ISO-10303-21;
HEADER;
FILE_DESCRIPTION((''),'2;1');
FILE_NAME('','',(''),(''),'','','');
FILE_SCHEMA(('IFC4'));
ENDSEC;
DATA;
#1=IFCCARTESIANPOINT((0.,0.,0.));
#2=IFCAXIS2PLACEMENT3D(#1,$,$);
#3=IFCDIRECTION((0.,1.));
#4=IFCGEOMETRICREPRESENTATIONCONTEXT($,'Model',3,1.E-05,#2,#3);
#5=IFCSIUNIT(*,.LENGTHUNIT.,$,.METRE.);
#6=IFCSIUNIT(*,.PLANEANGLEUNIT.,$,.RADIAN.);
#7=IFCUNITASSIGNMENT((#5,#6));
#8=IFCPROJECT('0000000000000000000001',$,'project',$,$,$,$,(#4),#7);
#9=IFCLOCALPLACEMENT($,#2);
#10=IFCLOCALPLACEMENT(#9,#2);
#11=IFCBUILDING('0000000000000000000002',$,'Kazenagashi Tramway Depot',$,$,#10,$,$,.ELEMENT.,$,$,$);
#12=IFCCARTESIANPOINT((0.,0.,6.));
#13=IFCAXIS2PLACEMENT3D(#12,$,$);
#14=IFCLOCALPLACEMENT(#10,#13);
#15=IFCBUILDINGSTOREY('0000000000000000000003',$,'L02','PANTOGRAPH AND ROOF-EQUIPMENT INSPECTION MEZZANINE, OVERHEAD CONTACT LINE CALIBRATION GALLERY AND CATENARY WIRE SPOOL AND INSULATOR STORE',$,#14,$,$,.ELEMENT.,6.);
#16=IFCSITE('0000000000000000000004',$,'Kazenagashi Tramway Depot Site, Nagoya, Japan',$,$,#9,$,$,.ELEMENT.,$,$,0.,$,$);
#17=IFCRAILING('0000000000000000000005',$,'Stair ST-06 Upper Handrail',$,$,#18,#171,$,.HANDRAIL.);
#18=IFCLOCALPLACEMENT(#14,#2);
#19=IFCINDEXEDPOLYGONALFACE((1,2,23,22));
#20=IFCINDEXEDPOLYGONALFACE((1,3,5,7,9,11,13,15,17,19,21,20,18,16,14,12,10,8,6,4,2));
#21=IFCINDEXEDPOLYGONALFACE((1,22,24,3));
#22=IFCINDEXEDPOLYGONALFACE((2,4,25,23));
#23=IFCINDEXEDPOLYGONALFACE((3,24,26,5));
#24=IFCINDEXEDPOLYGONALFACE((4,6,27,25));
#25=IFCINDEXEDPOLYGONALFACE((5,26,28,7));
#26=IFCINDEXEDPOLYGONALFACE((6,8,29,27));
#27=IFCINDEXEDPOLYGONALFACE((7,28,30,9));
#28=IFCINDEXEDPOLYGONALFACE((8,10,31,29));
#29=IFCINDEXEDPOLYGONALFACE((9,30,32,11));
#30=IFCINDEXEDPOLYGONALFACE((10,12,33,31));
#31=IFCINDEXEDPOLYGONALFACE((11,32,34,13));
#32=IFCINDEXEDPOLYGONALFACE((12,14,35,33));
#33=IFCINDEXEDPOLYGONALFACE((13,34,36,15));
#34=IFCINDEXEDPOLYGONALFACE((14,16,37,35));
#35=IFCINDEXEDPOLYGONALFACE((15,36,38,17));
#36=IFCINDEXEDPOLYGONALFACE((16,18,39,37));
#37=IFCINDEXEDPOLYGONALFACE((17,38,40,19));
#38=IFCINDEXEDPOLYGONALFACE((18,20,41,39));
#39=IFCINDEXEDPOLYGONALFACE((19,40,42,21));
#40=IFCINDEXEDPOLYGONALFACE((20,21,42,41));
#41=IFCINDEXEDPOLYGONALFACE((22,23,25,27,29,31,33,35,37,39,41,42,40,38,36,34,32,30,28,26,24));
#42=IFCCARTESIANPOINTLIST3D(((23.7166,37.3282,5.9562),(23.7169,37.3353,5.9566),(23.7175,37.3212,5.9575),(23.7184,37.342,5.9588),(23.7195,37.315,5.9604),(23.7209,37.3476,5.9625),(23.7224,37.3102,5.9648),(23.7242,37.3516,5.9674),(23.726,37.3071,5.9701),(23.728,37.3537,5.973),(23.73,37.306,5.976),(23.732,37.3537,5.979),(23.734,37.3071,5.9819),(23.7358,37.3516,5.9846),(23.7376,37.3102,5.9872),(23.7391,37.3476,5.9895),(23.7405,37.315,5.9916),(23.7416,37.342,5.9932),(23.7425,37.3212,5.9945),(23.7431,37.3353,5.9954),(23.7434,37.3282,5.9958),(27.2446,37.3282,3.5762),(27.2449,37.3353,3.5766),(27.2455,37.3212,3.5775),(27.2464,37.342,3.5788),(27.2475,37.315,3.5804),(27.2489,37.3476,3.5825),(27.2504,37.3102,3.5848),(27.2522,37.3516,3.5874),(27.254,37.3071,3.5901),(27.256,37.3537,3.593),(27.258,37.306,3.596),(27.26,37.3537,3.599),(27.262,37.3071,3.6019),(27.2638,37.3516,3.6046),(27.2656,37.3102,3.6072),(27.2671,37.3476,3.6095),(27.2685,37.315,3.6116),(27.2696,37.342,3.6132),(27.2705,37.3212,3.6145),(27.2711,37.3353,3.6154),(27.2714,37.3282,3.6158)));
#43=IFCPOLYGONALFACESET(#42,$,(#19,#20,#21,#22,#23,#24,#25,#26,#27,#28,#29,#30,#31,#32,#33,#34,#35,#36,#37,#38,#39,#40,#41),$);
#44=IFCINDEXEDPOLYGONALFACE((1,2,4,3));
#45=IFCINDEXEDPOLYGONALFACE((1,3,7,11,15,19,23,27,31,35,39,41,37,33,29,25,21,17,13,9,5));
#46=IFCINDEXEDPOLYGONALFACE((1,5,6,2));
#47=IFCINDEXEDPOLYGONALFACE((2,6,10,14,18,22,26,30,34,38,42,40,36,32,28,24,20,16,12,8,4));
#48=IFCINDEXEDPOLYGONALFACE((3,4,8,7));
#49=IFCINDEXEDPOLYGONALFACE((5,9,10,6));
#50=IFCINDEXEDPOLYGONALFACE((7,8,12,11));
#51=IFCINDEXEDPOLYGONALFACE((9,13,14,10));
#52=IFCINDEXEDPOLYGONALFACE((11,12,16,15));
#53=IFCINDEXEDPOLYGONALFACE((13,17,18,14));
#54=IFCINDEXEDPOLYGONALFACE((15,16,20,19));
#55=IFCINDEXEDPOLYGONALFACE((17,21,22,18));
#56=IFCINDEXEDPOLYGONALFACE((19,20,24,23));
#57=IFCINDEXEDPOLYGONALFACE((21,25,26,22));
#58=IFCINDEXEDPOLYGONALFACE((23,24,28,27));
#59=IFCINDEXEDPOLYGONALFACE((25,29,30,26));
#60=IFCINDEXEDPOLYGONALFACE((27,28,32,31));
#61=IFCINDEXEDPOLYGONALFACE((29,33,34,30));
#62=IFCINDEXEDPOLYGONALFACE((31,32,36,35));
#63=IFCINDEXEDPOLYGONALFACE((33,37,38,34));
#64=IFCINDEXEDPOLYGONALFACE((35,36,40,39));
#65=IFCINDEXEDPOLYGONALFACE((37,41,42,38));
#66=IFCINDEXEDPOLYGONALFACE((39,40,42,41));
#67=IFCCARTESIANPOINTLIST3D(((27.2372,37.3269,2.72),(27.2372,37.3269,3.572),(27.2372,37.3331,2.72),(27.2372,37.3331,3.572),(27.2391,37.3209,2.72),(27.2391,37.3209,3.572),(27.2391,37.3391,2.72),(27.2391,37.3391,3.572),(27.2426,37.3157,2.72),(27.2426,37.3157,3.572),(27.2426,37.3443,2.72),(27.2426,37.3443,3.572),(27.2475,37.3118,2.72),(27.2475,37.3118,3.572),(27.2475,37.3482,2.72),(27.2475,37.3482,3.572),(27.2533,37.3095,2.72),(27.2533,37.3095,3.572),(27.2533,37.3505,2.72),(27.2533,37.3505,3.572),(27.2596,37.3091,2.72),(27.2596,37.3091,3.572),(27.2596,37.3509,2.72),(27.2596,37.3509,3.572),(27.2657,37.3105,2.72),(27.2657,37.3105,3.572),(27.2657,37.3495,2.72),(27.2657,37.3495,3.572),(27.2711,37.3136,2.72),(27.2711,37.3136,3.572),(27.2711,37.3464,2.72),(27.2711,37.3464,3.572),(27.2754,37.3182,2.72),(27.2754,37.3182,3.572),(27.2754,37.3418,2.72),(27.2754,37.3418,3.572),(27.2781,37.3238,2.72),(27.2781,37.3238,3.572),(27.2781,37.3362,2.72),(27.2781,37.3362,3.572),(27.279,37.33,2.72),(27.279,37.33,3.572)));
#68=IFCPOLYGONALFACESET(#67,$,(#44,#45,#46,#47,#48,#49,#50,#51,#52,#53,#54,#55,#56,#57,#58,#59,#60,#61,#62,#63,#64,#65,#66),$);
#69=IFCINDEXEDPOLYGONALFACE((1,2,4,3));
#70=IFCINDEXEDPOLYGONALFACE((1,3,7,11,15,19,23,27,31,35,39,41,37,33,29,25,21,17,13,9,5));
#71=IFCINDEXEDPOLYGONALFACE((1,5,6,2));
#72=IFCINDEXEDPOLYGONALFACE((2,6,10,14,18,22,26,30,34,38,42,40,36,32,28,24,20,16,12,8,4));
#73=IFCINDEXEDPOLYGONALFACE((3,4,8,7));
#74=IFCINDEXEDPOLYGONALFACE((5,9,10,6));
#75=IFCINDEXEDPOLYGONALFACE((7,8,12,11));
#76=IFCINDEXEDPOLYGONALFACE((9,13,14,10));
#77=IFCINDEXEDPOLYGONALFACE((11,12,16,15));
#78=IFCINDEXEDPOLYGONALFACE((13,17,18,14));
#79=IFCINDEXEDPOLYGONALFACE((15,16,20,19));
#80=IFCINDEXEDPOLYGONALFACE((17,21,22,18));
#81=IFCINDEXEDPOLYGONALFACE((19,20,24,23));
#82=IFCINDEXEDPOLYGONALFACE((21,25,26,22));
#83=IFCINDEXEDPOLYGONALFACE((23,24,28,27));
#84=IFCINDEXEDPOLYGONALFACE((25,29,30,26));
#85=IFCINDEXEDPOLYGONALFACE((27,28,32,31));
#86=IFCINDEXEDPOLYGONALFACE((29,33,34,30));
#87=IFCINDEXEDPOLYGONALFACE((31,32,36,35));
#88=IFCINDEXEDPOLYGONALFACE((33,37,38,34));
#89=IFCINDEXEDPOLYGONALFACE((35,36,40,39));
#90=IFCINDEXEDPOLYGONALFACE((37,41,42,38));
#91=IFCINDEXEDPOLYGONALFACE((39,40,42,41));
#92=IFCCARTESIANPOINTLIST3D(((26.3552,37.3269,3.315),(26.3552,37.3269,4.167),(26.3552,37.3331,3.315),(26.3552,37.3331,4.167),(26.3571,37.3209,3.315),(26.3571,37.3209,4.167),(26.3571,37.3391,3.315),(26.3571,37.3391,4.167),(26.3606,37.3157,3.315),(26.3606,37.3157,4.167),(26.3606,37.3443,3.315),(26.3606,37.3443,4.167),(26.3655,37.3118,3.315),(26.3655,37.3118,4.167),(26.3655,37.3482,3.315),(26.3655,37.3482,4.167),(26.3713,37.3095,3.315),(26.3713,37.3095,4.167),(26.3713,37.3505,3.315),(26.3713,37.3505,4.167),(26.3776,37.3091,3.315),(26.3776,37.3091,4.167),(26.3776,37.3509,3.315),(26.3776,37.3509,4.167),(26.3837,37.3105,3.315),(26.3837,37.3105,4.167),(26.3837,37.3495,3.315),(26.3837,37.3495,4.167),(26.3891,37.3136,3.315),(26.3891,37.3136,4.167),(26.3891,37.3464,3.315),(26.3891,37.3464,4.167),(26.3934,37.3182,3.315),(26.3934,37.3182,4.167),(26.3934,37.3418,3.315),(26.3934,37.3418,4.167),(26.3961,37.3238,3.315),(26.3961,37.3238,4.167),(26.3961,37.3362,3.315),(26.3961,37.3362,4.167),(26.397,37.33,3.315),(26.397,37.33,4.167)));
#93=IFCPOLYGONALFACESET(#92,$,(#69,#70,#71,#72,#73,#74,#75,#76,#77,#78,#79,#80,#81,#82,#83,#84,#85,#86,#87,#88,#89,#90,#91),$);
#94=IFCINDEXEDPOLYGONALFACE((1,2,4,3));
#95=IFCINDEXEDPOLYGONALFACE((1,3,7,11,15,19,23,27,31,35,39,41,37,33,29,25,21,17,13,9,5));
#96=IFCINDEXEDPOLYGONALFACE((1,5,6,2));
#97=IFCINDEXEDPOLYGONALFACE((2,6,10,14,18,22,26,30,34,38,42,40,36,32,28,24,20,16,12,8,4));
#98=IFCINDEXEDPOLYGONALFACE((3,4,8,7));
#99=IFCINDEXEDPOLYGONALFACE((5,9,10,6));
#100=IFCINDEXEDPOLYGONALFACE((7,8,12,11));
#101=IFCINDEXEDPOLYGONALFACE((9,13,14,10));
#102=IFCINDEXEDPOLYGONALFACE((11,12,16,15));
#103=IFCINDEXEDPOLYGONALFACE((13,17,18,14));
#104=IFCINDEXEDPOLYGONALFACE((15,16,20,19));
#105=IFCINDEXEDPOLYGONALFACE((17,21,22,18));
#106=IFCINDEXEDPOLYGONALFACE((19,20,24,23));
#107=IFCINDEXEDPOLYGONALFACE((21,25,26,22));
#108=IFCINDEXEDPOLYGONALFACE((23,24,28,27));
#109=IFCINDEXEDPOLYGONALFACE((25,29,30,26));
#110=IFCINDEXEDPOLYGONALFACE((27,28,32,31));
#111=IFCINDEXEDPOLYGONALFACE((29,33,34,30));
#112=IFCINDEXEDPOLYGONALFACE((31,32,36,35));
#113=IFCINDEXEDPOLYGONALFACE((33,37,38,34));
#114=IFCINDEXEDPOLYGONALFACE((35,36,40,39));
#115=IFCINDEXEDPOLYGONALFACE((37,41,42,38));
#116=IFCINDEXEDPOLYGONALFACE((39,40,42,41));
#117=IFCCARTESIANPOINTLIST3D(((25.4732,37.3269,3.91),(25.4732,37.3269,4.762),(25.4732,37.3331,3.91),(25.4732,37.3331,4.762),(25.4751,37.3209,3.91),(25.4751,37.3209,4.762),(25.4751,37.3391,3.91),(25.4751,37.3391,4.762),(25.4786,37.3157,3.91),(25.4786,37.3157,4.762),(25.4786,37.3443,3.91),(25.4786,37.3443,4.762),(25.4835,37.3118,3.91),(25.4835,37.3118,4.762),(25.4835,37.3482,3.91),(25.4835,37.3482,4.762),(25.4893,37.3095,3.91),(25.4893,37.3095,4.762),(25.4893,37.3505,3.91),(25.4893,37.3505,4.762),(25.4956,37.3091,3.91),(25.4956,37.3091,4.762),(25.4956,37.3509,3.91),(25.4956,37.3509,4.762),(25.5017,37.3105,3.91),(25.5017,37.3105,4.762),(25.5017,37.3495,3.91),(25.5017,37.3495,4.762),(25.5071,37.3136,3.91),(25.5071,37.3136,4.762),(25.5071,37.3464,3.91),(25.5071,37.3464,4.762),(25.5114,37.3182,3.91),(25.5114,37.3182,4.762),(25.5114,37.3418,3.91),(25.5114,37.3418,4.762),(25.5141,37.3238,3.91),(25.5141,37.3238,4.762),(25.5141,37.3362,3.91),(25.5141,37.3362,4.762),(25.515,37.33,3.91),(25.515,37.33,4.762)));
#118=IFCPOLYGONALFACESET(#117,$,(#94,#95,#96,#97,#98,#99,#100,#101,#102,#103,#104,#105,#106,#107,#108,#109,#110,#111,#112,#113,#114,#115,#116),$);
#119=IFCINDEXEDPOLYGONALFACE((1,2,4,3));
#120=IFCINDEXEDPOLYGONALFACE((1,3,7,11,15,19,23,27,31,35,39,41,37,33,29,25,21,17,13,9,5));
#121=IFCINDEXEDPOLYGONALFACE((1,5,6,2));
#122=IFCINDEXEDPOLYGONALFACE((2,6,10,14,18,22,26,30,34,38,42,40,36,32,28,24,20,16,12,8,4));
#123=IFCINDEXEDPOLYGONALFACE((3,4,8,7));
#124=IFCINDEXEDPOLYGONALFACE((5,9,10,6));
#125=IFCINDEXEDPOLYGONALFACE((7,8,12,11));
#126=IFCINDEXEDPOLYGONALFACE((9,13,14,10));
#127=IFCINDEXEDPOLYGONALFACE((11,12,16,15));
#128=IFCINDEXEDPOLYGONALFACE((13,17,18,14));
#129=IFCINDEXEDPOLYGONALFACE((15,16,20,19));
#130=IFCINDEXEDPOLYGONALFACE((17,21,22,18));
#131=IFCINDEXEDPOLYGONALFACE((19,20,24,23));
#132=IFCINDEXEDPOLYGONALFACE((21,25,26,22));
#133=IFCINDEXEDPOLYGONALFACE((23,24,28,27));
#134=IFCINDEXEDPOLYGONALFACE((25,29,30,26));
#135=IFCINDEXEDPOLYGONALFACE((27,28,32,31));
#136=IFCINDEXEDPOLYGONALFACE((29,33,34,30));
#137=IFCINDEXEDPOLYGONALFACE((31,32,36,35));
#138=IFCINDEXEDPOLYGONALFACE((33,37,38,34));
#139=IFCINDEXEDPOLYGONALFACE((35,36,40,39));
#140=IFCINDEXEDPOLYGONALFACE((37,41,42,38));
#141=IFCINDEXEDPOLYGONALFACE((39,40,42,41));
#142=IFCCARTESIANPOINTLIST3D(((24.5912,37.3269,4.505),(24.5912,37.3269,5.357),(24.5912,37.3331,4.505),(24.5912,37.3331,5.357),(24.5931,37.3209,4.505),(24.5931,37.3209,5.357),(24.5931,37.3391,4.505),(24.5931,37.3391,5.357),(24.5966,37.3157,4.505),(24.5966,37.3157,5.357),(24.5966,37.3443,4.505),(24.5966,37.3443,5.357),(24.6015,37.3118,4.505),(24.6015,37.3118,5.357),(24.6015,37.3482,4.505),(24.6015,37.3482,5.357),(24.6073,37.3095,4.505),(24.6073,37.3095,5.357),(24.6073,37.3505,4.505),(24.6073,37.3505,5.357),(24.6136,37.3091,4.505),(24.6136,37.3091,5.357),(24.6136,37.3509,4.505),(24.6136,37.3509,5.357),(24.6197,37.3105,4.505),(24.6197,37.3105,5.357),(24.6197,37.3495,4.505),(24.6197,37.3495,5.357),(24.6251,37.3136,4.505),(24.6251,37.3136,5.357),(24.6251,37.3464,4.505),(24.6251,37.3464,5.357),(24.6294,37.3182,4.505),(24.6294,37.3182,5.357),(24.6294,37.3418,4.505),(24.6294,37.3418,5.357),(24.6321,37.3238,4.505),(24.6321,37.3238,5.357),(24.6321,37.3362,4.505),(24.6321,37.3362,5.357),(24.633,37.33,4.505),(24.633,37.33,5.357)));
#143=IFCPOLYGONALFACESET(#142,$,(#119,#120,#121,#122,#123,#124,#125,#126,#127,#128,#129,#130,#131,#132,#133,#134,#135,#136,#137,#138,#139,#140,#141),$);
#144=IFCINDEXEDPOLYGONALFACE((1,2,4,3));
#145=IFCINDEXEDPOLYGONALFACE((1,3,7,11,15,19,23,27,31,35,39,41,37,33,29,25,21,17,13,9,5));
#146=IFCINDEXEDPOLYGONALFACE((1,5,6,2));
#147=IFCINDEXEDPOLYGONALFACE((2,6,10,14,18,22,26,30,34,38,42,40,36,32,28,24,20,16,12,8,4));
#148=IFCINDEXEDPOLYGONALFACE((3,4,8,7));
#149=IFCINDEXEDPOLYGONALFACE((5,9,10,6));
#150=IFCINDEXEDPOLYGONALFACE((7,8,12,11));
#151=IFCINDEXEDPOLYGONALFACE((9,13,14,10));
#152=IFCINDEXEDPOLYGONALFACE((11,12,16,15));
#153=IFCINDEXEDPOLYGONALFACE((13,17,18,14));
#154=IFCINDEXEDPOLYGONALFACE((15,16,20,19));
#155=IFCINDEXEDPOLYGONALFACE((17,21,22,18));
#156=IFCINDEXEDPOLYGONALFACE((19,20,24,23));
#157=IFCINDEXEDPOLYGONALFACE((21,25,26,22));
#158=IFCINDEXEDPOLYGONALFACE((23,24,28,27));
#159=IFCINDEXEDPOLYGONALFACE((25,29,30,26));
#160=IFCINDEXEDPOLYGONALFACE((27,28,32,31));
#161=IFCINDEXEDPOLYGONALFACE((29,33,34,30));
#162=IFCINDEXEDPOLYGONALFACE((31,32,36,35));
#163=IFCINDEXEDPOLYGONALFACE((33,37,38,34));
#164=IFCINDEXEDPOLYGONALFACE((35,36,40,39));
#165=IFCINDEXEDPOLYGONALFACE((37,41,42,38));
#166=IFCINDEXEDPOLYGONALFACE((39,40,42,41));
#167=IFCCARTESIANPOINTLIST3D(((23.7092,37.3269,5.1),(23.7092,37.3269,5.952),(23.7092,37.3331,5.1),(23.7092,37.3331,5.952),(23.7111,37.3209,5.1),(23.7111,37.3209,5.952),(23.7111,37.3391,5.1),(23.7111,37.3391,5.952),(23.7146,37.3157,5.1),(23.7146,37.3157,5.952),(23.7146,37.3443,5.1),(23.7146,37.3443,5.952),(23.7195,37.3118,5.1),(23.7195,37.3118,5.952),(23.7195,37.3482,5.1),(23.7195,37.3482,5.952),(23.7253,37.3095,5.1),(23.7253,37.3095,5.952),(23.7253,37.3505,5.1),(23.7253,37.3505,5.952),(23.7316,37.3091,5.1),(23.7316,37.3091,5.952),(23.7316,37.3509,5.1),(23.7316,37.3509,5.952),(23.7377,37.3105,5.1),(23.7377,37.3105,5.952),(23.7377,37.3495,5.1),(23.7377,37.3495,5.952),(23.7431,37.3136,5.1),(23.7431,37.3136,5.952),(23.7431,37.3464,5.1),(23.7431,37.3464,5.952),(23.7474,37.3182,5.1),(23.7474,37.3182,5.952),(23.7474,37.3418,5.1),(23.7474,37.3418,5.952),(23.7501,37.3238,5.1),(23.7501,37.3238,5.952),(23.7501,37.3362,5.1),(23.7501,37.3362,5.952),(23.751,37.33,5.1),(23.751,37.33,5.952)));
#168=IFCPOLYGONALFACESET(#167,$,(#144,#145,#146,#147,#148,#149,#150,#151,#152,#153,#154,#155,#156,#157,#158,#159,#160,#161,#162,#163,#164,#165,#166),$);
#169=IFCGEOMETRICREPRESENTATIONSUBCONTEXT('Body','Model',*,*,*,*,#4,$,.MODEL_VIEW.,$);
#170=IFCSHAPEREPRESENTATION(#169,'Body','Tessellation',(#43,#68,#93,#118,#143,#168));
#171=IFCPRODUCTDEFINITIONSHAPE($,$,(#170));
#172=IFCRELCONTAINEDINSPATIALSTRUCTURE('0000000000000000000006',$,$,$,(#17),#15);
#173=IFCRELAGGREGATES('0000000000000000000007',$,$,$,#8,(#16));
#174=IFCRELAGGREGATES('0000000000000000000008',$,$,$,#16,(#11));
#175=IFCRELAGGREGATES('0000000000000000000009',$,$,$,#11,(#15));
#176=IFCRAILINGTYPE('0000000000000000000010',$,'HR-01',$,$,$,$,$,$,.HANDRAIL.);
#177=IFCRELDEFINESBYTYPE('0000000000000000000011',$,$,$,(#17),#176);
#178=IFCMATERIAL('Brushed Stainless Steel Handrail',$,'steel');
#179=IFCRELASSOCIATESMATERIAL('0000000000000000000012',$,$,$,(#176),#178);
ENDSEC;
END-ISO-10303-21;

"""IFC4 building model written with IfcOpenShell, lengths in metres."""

from ifc_helpers import new_model, si_unit, direction, frame, origin, origin_2d, place, context, subcontext, project, spatial, circle, extrude, material, type_object, element, save


model = new_model("IFC4")

# Units and contexts
model_context = context("Model", 3, precision=1e-05, world=origin(), true_north=direction((0.0, 1.0)))
body_context = subcontext(model_context, "Body", "Model", "MODEL_VIEW")
ifc_project = project(units=[si_unit("LENGTHUNIT", "METRE"), si_unit("PLANEANGLEUNIT", "RADIAN")], contexts=[model_context])

# Site, building, storey
site_placement = place(None, origin())
site = spatial("IfcSite", under=ifc_project, at=site_placement, Name="Kazenagashi Tramway Depot Site, Nagoya, Japan", CompositionType="ELEMENT", RefElevation=0.0)
building_placement = place(site_placement, origin())
building = spatial("IfcBuilding", under=site, at=building_placement, Name="Kazenagashi Tramway Depot", CompositionType="ELEMENT")
storey_placement = place(building_placement, frame((0.0, 0.0, 6.0)))
storey = spatial("IfcBuildingStorey", under=building, at=storey_placement, Name="L02", Description="PANTOGRAPH AND ROOF-EQUIPMENT INSPECTION MEZZANINE, OVERHEAD CONTACT LINE CALIBRATION GALLERY AND CATENARY WIRE SPOOL AND INSULATOR STORE", CompositionType="ELEMENT", Elevation=6.0)

# Railing
ifc_material_1 = material(Name="Brushed Stainless Steel Handrail", Category="steel")
railing_type_1 = type_object("IfcRailingType", Name="HR-01", PredefinedType="HANDRAIL", material=ifc_material_1)
railing_1_placement = place(storey_placement, frame((27.258, 37.33, 2.72)))
element("IfcRailing", 1, at=railing_1_placement, inside=storey, type_object=railing_type_1, Name="Stair ST-06 Upper Handrail", PredefinedType="HANDRAIL", context=body_context, shape_type="SweptSolid", body=[
    extrude(circle(Radius=0.024, at=origin_2d()), frame((0.0, 0.0, 0.876), z_axis=(-0.829001, 0.0, 0.559247), x_axis=(0.0, -1.0, 0.0)), (0.0, 0.0, 1.0), 4.2557),
    extrude(circle(Radius=0.021, at=origin_2d()), origin(), (0.0, 0.0, 1.0), 0.852),
    extrude(circle(Radius=0.021, at=origin_2d()), frame((-0.882, 0.0, 0.595)), (0.0, 0.0, 1.0), 0.852),
    extrude(circle(Radius=0.021, at=origin_2d()), frame((-1.764, 0.0, 1.19)), (0.0, 0.0, 1.0), 0.852),
    extrude(circle(Radius=0.021, at=origin_2d()), frame((-2.646, 0.0, 1.785)), (0.0, 0.0, 1.0), 0.852),
    extrude(circle(Radius=0.021, at=origin_2d()), frame((-3.528, 0.0, 2.38)), (0.0, 0.0, 1.0), 0.852),
])

save(model, "model.ifc")
